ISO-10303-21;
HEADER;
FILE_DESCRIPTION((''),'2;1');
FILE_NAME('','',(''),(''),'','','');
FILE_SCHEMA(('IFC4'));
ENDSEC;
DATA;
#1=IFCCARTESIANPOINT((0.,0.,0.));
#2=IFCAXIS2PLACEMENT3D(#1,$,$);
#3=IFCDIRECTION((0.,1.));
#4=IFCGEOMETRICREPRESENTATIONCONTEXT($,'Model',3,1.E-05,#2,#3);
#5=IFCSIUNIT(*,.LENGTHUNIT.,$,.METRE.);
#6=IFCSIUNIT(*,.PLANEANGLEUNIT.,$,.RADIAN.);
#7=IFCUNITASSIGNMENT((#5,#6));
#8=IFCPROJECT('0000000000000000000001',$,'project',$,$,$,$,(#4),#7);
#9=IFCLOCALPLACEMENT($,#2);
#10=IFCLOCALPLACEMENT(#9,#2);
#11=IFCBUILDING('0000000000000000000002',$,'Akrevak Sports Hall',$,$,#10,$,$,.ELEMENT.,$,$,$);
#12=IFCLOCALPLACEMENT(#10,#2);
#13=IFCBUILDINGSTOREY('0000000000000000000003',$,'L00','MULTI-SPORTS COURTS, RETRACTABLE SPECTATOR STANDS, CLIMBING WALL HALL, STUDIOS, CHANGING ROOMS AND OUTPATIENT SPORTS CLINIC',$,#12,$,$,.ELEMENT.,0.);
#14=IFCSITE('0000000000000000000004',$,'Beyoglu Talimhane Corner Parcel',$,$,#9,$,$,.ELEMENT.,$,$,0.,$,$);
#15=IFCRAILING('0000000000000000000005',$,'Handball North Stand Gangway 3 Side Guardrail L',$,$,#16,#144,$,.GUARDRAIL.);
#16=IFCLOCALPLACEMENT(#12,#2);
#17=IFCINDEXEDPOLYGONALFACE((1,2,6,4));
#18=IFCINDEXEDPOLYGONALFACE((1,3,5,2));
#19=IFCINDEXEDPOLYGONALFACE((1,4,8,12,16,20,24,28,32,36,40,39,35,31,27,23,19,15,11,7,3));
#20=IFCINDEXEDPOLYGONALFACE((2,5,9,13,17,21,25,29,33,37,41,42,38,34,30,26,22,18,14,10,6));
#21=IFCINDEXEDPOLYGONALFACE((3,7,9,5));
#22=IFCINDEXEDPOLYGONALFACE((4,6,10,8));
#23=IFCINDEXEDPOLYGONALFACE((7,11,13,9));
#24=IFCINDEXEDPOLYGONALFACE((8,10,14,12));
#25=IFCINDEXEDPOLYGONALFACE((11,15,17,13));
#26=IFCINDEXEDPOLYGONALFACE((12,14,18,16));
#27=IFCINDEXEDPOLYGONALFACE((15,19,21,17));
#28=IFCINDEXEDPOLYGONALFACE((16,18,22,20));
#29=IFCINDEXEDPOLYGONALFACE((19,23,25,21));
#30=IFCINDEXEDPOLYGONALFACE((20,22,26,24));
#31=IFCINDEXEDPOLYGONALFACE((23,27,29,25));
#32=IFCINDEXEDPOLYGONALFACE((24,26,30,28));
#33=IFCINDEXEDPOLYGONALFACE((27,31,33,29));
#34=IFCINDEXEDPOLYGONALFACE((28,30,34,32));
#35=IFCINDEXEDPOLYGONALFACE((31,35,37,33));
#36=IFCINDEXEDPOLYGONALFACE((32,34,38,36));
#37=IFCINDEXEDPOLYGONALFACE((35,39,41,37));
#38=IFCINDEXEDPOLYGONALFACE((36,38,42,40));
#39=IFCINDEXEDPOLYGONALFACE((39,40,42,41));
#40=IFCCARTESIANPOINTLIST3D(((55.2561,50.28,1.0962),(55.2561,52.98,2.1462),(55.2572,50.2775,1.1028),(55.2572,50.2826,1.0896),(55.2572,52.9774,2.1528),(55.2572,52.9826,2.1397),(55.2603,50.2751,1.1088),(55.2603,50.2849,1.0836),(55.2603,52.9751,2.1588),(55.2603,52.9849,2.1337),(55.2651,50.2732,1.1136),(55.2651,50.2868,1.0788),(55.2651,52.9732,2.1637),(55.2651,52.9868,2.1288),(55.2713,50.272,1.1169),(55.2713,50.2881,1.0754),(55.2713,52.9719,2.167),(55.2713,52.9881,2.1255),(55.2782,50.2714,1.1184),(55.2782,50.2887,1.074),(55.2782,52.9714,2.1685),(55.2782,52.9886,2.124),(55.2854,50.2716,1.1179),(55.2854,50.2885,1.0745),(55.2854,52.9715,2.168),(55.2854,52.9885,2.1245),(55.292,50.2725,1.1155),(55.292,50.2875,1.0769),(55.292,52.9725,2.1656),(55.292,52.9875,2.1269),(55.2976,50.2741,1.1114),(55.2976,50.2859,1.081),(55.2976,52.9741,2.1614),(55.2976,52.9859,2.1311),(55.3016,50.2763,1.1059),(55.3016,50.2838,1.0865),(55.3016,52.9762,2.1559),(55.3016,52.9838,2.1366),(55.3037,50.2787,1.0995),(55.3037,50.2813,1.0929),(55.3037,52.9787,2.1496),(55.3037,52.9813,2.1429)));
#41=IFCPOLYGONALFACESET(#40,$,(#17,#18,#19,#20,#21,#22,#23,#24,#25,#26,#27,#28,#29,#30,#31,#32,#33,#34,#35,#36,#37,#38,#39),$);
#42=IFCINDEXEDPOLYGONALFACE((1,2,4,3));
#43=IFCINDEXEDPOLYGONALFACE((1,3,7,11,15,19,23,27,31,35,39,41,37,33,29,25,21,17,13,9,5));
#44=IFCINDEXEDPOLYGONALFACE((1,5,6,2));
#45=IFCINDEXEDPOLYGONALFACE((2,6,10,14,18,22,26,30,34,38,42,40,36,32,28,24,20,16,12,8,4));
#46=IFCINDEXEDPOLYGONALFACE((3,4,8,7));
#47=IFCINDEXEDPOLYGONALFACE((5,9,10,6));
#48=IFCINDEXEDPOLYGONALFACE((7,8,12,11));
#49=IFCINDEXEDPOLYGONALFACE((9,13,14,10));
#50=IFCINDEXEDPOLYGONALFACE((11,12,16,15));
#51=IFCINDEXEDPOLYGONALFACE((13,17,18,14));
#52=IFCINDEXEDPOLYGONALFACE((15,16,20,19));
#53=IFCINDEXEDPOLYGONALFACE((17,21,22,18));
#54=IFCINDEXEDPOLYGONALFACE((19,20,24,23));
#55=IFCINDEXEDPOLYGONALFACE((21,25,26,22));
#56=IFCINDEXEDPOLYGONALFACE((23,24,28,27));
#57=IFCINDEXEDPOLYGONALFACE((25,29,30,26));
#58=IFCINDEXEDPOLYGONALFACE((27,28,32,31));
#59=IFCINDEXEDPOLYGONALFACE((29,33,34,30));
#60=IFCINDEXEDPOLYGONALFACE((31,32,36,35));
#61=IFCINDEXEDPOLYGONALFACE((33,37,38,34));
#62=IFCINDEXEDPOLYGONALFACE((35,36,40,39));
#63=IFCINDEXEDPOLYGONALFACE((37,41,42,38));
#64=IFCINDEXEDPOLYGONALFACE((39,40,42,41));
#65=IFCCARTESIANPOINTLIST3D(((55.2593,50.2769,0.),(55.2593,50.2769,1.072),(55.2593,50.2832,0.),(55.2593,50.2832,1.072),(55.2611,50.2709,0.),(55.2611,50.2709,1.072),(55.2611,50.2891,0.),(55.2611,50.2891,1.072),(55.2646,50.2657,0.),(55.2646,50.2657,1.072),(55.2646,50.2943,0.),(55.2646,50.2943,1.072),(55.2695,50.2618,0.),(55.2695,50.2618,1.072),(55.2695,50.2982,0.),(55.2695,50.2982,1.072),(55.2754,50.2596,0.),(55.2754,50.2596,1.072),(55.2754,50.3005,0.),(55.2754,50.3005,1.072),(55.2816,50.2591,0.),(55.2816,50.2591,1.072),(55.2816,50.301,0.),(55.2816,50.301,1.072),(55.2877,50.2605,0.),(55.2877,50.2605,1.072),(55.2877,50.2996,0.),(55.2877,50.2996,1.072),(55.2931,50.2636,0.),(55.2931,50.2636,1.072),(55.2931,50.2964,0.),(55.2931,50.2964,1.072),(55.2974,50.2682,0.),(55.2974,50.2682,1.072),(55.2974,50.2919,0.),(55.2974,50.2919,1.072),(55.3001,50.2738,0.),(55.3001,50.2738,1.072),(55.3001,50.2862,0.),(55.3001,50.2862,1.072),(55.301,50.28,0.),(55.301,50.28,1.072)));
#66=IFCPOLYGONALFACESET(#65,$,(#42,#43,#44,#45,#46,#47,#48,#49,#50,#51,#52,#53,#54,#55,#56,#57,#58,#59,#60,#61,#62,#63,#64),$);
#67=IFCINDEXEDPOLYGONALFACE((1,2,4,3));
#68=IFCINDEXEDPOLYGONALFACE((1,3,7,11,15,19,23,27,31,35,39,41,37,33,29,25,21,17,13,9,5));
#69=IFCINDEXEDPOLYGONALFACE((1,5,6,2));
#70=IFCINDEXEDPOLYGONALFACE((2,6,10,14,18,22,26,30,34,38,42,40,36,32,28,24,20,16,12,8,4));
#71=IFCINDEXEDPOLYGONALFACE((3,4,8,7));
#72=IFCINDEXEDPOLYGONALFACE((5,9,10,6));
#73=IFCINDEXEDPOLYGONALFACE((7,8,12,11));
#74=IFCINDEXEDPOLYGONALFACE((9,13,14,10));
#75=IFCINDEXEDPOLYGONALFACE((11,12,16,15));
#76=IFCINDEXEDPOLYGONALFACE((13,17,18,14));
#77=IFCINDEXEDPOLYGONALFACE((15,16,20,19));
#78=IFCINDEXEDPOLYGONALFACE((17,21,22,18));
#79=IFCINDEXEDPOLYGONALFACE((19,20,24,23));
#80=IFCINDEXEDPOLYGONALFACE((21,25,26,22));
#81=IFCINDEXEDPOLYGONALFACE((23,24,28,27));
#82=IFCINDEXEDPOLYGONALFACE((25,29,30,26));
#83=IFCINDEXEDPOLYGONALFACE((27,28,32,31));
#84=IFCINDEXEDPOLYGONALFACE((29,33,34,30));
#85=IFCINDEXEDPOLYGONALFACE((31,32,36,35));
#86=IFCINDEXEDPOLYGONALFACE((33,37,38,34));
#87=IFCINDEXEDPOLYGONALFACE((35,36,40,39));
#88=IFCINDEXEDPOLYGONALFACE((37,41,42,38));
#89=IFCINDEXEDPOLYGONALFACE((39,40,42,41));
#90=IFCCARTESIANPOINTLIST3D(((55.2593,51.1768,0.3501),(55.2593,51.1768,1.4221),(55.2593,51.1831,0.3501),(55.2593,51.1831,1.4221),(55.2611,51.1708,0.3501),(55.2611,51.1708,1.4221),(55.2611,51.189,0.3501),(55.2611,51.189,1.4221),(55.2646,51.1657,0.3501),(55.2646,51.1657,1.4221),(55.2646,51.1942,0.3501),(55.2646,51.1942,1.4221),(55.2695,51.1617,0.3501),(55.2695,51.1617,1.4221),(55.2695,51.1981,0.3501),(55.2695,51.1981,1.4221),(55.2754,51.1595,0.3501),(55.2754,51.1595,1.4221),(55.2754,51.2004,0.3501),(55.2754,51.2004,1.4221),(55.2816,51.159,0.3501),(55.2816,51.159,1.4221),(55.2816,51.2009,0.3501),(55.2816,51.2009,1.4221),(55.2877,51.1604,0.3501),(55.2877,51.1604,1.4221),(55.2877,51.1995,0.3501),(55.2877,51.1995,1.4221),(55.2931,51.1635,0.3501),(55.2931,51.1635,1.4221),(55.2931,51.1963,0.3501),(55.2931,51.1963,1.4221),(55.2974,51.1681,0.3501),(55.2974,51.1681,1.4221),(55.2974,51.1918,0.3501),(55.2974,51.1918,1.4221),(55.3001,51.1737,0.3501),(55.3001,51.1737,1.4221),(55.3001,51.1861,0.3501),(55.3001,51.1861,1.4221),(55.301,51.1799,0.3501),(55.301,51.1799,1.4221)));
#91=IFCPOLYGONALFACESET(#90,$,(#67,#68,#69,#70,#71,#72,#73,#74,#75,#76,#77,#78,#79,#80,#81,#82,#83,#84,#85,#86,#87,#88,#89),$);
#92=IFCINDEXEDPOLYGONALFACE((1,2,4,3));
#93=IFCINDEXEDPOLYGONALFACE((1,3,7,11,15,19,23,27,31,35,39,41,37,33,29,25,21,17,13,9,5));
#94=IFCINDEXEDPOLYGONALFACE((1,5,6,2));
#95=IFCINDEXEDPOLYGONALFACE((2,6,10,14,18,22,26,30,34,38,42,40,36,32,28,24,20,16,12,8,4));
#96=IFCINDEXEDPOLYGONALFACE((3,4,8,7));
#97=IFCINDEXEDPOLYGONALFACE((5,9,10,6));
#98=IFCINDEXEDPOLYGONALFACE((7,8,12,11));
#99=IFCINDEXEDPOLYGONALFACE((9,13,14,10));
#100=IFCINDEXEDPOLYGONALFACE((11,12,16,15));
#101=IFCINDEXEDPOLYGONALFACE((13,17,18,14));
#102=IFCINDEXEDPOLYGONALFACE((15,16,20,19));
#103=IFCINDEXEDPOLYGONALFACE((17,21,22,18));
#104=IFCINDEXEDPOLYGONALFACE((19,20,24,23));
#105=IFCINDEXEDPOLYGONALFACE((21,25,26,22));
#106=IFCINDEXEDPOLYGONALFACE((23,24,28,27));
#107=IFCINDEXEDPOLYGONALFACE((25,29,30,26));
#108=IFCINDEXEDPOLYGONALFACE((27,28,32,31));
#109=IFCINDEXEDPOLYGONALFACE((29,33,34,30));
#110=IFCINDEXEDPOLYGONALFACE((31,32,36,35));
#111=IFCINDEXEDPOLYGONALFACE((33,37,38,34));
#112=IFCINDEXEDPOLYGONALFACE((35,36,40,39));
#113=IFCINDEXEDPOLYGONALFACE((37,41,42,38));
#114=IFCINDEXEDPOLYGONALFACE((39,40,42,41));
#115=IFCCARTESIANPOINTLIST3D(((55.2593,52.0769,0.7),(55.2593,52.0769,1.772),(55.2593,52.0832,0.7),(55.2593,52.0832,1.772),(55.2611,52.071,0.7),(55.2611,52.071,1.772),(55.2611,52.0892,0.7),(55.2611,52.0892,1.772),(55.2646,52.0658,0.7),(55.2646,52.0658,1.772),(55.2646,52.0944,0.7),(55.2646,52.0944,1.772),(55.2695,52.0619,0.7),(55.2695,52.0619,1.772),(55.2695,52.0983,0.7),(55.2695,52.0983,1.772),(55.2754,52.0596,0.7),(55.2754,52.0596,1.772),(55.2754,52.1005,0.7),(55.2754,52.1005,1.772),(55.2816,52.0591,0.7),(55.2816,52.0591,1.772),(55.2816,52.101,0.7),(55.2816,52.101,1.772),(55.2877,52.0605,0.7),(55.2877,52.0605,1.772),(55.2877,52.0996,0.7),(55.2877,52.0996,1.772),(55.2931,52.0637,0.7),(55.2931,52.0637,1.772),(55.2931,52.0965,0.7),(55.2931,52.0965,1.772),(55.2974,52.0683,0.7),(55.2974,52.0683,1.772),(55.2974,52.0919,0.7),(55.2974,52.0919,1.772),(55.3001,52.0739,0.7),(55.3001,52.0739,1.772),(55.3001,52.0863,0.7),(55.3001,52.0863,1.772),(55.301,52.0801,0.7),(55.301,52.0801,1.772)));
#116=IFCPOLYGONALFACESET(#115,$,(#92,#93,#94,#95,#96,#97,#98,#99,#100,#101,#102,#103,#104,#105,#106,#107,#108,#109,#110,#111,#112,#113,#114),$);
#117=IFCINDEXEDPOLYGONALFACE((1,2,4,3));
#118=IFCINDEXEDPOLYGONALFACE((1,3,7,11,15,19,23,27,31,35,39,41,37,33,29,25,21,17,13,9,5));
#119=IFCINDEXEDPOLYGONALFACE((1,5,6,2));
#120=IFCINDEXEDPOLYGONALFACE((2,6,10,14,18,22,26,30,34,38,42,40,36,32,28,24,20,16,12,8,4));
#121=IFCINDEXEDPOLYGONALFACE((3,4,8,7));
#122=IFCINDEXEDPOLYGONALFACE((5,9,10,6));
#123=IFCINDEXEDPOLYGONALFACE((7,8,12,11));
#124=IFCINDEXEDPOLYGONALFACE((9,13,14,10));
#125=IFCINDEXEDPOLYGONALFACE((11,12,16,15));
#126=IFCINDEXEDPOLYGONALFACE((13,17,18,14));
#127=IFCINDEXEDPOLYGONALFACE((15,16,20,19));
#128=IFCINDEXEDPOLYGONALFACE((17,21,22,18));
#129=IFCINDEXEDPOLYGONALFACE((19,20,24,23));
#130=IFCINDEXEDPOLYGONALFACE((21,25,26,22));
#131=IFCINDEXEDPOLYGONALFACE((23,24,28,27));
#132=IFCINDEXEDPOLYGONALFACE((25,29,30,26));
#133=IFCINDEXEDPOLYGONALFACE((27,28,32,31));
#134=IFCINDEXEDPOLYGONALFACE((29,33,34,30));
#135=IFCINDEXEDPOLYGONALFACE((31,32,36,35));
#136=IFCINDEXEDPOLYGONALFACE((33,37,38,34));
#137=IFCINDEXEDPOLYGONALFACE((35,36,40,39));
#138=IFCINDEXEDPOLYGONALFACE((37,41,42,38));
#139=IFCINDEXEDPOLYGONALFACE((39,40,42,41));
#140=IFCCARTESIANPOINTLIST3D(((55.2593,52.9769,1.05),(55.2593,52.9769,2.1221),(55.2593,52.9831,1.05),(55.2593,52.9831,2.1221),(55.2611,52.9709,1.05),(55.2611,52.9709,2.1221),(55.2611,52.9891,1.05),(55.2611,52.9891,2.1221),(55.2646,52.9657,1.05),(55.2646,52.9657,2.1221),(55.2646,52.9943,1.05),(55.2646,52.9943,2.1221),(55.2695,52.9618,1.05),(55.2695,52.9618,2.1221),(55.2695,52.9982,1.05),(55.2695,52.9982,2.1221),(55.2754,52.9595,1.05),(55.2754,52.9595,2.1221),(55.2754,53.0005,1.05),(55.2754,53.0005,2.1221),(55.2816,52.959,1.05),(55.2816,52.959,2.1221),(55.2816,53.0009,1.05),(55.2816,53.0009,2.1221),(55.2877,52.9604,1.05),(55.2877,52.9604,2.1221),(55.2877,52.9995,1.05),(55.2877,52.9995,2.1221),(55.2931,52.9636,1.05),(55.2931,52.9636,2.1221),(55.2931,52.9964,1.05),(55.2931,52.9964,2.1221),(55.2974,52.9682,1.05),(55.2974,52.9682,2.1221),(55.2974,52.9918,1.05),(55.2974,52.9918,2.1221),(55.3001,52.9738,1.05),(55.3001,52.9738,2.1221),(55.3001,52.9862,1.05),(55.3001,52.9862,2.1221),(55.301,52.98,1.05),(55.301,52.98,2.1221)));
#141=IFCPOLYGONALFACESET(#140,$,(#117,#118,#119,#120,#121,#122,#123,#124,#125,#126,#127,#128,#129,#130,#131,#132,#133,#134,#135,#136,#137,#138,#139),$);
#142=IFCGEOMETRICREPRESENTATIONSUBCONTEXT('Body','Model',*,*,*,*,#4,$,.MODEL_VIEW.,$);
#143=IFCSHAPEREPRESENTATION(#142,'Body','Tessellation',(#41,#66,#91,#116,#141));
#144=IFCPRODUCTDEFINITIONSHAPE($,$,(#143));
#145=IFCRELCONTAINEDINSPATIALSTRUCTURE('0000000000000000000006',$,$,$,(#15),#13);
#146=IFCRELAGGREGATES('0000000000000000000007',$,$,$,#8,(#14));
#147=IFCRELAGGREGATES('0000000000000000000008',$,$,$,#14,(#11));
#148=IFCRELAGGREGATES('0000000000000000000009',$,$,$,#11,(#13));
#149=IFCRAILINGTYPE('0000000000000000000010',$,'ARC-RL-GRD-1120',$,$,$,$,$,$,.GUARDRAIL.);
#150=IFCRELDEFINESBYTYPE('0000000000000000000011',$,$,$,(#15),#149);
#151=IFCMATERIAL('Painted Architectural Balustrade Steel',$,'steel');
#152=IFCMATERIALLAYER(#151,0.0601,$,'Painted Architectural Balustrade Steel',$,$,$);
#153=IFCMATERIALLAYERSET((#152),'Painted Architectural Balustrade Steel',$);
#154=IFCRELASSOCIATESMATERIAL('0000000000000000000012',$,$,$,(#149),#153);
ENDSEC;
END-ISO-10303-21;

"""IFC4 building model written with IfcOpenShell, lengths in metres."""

from ifc_helpers import new_model, si_unit, direction, frame, origin, origin_2d, place, context, subcontext, project, spatial, circle, extrude, material, layer, layer_set, type_object, element, save


model = new_model("IFC4")

# Units and contexts
model_context = context("Model", 3, precision=1e-05, world=origin(), true_north=direction((0.0, 1.0)))
body_context = subcontext(model_context, "Body", "Model", "MODEL_VIEW")
ifc_project = project(units=[si_unit("LENGTHUNIT", "METRE"), si_unit("PLANEANGLEUNIT", "RADIAN")], contexts=[model_context])

# Site, building, storey
site_placement = place(None, origin())
site = spatial("IfcSite", under=ifc_project, at=site_placement, Name="Beyoglu Talimhane Corner Parcel", CompositionType="ELEMENT", RefElevation=0.0)
building_placement = place(site_placement, origin())
building = spatial("IfcBuilding", under=site, at=building_placement, Name="Akrevak Sports Hall", CompositionType="ELEMENT")
storey_placement = place(building_placement, origin())
storey = spatial("IfcBuildingStorey", under=building, at=storey_placement, Name="L00", Description="MULTI-SPORTS COURTS, RETRACTABLE SPECTATOR STANDS, CLIMBING WALL HALL, STUDIOS, CHANGING ROOMS AND OUTPATIENT SPORTS CLINIC", CompositionType="ELEMENT", Elevation=0.0)

# Railing
ifc_material_1 = material(Name="Painted Architectural Balustrade Steel", Category="steel")
ifc_layer_1 = layer(ifc_material_1, 0.0601, Name="Painted Architectural Balustrade Steel")
ifc_layer_set_1 = layer_set([ifc_layer_1], Name="Painted Architectural Balustrade Steel")
railing_type_1 = type_object("IfcRailingType", Name="ARC-RL-GRD-1120", PredefinedType="GUARDRAIL", material=ifc_layer_set_1)
for number, where, name in (
    (1, (55.28, 50.28, 0.0), "Handball North Stand Gangway 3 Side Guardrail L"),
):
    element("IfcRailing", number, at=place(storey_placement, frame(where)), inside=storey, type_object=railing_type_1, Name=name, PredefinedType="GUARDRAIL", context=body_context, shape_type="SweptSolid", body=[
        extrude(circle(Radius=0.0239, at=origin_2d()), frame((0.0, 0.0, 1.0962), z_axis=(0.0, 0.931997, 0.362467), x_axis=(-1.0, 0.0, 0.0)), (0.0, 0.0, 1.0), 2.897),
        extrude(circle(Radius=0.021, at=origin_2d()), origin(), (0.0, 0.0, 1.0), 1.072),
        extrude(circle(Radius=0.021, at=origin_2d()), frame((0.0, 0.8999, 0.3501)), (0.0, 0.0, 1.0), 1.072),
        extrude(circle(Radius=0.021, at=origin_2d()), frame((0.0, 1.8, 0.7)), (0.0, 0.0, 1.0), 1.072),
        extrude(circle(Radius=0.021, at=origin_2d()), frame((0.0, 2.7, 1.05)), (0.0, 0.0, 1.0), 1.072),
    ])

save(model, "model.ifc")
